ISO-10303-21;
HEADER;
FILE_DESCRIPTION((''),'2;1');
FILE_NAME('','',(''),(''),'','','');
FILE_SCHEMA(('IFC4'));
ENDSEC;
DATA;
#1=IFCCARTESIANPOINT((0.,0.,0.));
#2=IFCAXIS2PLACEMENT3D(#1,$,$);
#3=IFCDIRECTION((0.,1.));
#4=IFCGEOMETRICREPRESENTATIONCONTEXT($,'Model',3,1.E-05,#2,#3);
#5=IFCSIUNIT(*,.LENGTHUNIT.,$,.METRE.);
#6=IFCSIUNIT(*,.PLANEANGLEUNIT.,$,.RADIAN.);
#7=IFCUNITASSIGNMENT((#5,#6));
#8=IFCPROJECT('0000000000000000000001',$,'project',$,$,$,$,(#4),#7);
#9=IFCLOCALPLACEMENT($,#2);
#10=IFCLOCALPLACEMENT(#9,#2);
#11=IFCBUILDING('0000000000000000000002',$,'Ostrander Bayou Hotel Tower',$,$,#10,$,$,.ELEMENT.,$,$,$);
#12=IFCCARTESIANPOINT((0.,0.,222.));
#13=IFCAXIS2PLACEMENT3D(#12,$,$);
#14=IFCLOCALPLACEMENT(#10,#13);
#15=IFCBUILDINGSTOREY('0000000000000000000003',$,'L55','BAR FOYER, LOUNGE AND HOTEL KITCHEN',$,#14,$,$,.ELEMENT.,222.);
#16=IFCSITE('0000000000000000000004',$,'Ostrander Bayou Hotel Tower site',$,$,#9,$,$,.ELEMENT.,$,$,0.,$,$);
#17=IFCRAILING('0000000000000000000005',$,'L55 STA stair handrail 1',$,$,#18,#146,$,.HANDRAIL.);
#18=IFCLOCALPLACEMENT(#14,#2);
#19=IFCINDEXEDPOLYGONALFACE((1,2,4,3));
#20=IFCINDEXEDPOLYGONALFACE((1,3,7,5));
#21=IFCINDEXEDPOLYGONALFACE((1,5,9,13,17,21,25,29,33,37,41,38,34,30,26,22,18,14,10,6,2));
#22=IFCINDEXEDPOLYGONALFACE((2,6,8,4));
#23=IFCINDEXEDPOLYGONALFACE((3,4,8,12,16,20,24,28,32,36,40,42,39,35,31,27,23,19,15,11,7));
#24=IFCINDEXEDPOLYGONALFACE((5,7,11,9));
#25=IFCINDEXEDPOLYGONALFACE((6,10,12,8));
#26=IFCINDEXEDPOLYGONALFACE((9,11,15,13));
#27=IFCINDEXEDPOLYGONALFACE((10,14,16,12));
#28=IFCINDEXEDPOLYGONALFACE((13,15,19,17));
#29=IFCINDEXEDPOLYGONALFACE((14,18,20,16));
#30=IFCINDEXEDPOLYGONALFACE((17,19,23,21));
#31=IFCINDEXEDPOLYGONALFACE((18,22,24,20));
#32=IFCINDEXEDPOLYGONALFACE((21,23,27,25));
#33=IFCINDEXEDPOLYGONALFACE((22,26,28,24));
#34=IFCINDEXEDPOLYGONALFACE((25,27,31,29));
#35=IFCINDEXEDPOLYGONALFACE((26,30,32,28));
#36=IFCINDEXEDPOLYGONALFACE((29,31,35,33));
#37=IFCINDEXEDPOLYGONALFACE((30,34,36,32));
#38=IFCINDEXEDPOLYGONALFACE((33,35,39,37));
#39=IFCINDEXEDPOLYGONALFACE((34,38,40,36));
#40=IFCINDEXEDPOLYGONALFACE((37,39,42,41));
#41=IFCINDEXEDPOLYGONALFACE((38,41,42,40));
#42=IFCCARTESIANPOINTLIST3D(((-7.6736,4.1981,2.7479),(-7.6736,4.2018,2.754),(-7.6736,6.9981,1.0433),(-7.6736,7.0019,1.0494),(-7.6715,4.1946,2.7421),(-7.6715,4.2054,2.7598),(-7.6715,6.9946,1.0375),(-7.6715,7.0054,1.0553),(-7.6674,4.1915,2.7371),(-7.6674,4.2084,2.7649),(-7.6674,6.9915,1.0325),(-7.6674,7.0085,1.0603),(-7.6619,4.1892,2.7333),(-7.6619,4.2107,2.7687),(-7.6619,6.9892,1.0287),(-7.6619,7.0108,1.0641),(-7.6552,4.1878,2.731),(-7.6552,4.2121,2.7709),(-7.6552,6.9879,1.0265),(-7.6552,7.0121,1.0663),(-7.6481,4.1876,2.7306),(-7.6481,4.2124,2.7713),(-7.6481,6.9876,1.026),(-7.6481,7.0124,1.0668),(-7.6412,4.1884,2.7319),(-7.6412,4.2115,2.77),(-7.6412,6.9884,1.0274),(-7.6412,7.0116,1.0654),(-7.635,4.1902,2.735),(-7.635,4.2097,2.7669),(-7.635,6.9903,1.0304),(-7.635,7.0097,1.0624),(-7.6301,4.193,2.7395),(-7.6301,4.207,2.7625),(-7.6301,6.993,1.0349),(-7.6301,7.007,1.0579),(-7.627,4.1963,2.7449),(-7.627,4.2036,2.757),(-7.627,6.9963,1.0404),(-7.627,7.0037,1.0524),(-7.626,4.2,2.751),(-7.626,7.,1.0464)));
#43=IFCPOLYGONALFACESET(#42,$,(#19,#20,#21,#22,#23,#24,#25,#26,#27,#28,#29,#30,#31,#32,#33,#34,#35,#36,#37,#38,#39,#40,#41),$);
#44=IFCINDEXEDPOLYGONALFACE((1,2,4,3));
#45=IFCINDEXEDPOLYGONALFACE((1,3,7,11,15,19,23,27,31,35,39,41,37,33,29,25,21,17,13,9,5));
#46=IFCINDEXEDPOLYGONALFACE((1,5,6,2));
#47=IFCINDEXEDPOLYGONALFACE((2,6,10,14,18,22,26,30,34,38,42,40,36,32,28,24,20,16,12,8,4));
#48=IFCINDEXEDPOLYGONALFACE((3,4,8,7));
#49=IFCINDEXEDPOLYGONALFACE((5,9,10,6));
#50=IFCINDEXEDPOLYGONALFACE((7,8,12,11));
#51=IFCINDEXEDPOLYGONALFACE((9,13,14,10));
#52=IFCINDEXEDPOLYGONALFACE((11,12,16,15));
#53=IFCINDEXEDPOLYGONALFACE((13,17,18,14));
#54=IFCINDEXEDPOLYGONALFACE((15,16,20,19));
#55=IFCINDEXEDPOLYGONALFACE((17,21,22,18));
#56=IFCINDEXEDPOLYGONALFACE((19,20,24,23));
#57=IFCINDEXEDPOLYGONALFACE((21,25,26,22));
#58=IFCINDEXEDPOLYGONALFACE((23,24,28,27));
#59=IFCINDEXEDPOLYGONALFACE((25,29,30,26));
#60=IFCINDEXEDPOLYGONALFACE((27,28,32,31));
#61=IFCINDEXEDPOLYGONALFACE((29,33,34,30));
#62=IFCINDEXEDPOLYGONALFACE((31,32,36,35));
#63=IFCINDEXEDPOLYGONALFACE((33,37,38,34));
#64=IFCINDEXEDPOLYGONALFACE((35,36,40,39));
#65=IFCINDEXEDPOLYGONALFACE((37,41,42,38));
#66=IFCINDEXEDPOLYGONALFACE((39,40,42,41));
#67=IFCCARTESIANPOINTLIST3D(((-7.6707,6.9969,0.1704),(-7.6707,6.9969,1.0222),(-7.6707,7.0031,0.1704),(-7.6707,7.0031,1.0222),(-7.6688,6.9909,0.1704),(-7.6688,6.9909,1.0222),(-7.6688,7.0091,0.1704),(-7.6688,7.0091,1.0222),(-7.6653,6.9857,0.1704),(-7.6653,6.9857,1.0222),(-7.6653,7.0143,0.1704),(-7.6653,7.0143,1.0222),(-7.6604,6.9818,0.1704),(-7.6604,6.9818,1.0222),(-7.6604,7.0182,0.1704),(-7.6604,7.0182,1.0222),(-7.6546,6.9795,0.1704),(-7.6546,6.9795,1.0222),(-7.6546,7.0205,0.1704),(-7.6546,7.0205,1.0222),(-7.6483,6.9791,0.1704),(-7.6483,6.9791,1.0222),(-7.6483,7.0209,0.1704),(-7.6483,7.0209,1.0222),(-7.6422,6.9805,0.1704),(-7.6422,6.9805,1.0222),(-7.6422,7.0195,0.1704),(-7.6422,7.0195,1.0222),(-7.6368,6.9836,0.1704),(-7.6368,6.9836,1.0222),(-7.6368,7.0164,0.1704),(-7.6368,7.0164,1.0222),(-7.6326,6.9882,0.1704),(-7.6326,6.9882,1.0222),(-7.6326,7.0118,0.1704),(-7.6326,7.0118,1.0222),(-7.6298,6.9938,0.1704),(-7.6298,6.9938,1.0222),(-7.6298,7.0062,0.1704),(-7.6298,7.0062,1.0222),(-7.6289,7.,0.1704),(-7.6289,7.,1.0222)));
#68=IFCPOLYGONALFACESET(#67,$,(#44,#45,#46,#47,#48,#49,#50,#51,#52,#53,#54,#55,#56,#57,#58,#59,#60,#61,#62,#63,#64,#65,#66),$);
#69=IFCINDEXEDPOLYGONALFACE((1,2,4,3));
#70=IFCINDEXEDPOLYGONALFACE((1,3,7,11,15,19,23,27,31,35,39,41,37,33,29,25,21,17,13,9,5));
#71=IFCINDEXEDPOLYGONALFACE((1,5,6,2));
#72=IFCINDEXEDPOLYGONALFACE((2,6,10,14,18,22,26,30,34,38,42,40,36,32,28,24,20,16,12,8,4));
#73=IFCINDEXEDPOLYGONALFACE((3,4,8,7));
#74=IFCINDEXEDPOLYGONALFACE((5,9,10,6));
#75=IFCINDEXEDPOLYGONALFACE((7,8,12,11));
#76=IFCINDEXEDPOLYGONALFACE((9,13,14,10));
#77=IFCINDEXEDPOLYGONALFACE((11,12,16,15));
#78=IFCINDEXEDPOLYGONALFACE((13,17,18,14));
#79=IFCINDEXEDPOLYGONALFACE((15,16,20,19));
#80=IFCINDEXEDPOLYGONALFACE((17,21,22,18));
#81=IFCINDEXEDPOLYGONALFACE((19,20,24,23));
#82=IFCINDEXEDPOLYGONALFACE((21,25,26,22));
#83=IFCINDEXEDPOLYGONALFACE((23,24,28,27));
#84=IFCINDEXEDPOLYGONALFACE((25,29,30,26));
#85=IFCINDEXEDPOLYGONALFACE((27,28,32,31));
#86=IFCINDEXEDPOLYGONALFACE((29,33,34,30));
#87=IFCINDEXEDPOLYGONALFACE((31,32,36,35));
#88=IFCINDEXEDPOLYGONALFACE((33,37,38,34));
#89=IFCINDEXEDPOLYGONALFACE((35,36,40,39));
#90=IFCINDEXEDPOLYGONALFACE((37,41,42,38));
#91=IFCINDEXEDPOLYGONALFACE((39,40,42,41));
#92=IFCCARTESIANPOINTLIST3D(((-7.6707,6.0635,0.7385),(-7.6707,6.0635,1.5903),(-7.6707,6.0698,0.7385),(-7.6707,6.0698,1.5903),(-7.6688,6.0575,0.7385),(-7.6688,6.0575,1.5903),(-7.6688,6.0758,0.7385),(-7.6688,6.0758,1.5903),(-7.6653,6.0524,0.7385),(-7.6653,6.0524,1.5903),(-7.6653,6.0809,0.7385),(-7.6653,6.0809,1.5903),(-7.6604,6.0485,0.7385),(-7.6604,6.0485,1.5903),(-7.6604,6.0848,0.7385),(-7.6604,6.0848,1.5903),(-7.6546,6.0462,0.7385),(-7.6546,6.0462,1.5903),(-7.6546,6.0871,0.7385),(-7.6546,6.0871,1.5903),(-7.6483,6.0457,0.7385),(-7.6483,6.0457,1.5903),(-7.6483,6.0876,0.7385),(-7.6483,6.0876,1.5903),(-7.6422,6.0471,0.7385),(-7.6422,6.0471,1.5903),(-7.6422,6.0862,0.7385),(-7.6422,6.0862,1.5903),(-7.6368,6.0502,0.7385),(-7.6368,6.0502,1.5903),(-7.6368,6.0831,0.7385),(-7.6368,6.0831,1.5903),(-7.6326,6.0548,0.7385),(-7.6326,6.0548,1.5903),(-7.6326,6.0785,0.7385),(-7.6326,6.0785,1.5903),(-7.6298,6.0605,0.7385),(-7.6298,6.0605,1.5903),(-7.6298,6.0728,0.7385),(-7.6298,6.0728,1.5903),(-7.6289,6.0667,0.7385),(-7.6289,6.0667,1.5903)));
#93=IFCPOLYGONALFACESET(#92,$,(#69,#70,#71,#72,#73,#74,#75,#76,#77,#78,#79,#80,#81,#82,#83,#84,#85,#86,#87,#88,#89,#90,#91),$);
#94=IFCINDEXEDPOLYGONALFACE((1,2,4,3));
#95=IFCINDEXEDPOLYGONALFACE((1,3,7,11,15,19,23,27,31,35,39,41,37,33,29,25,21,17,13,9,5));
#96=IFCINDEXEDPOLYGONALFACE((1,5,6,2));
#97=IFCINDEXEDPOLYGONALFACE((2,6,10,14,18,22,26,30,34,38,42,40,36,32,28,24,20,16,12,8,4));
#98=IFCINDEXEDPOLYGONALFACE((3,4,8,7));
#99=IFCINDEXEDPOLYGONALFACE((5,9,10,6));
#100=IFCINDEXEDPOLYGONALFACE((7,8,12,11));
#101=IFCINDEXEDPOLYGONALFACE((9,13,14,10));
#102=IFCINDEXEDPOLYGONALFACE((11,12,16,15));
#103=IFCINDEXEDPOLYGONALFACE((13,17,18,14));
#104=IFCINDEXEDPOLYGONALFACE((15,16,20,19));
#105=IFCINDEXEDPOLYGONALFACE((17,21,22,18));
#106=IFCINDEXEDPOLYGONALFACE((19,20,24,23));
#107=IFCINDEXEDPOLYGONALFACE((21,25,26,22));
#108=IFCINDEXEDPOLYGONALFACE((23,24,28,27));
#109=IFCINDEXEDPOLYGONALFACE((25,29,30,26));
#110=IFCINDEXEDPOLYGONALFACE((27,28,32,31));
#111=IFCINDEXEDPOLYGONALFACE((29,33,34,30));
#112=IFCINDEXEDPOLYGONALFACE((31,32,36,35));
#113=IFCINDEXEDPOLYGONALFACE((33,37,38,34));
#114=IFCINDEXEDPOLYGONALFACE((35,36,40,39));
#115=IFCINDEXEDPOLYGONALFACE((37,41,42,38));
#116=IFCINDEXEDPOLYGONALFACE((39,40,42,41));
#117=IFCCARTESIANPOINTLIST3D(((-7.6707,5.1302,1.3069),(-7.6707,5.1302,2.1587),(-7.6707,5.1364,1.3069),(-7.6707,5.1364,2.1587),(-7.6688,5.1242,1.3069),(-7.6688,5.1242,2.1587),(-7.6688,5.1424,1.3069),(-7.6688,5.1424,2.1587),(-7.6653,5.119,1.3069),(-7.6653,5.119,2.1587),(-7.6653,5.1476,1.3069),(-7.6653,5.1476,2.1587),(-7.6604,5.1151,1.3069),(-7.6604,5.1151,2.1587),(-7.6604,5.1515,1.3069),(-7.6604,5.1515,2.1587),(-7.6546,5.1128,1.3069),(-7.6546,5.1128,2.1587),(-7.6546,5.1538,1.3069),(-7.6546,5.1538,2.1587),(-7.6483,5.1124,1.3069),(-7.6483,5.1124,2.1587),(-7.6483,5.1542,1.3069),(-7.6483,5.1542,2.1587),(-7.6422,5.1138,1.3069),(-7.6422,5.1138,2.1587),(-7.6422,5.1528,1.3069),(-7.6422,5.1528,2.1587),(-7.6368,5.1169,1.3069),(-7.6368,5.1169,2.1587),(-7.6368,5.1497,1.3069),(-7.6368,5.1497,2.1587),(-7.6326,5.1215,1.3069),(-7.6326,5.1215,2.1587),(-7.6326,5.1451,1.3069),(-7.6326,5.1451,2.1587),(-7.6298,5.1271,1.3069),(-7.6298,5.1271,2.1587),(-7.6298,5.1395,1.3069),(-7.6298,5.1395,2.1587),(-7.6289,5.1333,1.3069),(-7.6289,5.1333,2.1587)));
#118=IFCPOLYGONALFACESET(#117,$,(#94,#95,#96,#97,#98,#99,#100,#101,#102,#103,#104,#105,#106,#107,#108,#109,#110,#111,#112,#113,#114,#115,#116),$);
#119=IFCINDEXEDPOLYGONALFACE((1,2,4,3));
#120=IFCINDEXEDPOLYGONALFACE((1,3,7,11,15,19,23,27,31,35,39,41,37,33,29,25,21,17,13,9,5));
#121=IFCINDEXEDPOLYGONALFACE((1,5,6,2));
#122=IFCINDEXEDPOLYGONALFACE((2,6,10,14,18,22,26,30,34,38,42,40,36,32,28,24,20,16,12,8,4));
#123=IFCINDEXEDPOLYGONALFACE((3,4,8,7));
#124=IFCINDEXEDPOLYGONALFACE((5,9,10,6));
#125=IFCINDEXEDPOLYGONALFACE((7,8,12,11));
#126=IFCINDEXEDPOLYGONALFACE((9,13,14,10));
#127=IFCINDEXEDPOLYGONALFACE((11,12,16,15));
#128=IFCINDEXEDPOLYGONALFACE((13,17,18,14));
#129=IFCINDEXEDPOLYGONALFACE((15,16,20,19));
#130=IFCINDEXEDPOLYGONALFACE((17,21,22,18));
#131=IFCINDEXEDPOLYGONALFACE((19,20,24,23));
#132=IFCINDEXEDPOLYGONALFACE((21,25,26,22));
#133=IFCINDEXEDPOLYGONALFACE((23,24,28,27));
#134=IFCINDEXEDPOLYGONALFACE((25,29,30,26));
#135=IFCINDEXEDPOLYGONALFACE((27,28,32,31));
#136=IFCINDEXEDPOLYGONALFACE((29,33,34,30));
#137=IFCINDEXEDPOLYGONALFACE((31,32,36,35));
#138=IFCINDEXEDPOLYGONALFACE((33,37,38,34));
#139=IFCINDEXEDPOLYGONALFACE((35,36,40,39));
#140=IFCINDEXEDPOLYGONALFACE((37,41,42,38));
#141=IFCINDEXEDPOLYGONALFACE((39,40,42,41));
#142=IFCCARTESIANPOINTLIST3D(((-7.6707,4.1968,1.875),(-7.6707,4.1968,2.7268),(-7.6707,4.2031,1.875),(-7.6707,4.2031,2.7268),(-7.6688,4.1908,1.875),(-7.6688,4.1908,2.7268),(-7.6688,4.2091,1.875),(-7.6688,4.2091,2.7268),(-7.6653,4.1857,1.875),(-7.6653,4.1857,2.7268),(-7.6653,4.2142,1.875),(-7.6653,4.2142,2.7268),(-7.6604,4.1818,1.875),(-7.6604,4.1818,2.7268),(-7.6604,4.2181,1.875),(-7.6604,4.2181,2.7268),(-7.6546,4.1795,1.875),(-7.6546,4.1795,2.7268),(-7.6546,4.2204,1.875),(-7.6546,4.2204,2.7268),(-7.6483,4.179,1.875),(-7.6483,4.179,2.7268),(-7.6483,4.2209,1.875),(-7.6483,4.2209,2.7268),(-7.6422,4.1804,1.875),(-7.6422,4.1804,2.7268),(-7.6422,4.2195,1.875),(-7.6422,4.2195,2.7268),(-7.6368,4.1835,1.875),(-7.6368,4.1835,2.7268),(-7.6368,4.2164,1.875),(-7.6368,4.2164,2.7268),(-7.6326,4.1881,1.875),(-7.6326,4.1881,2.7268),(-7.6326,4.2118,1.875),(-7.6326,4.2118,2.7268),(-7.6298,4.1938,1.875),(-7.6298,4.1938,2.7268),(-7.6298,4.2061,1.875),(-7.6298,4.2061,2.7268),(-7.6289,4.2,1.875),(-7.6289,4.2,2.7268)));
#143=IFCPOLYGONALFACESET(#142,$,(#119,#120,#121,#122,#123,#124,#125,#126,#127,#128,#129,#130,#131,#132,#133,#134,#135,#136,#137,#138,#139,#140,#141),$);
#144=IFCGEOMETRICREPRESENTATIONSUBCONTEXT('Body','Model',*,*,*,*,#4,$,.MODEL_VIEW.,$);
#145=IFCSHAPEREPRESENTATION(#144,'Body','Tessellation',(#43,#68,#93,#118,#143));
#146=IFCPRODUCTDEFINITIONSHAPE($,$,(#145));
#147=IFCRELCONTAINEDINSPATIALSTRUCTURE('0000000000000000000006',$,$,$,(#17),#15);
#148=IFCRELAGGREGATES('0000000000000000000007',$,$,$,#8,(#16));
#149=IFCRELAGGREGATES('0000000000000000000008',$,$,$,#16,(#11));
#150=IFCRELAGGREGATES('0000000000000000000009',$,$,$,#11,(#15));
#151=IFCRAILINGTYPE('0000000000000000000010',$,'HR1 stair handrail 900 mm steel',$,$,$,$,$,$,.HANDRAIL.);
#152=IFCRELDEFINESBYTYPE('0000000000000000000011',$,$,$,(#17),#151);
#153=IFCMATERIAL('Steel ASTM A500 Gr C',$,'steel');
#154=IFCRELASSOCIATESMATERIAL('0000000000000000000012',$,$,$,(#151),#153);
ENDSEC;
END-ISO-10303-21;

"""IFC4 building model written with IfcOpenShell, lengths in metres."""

from ifc_helpers import new_model, si_unit, direction, frame, origin, origin_2d, place, context, subcontext, project, spatial, circle, extrude, material, type_object, element, save


model = new_model("IFC4")

# Units and contexts
model_context = context("Model", 3, precision=1e-05, world=origin(), true_north=direction((0.0, 1.0)))
body_context = subcontext(model_context, "Body", "Model", "MODEL_VIEW")
ifc_project = project(units=[si_unit("LENGTHUNIT", "METRE"), si_unit("PLANEANGLEUNIT", "RADIAN")], contexts=[model_context])

# Site, building, storey
site_placement = place(None, origin())
site = spatial("IfcSite", under=ifc_project, at=site_placement, Name="Ostrander Bayou Hotel Tower site", CompositionType="ELEMENT", RefElevation=0.0)
building_placement = place(site_placement, origin())
building = spatial("IfcBuilding", under=site, at=building_placement, Name="Ostrander Bayou Hotel Tower", CompositionType="ELEMENT")
storey_placement = place(building_placement, frame((0.0, 0.0, 222.0)))
storey = spatial("IfcBuildingStorey", under=building, at=storey_placement, Name="L55", Description="BAR FOYER, LOUNGE AND HOTEL KITCHEN", CompositionType="ELEMENT", Elevation=222.0)

# Railing
ifc_material_1 = material(Name="Steel ASTM A500 Gr C", Category="steel")
railing_type_1 = type_object("IfcRailingType", Name="HR1 stair handrail 900 mm steel", PredefinedType="HANDRAIL", material=ifc_material_1)
railing_1_placement = place(storey_placement, frame((-7.6499, 7.0, 0.1704)))
element("IfcRailing", 1, at=railing_1_placement, inside=storey, type_object=railing_type_1, Name="L55 STA stair handrail 1", PredefinedType="HANDRAIL", context=body_context, shape_type="SweptSolid", body=[
    extrude(circle(Radius=0.0239, at=origin_2d()), frame((0.0, 0.0, 0.876), z_axis=(0.0, -0.85417, 0.519994), x_axis=(1.0, 0.0, 0.0)), (0.0, 0.0, 1.0), 3.2781),
    extrude(circle(Radius=0.021, at=origin_2d()), origin(), (0.0, 0.0, 1.0), 0.8518),
    extrude(circle(Radius=0.021, at=origin_2d()), frame((0.0, -0.9333, 0.5681)), (0.0, 0.0, 1.0), 0.8518),
    extrude(circle(Radius=0.021, at=origin_2d()), frame((0.0, -1.8667, 1.1365)), (0.0, 0.0, 1.0), 0.8518),
    extrude(circle(Radius=0.021, at=origin_2d()), frame((0.0, -2.8, 1.7046)), (0.0, 0.0, 1.0), 0.8518),
])

save(model, "model.ifc")
